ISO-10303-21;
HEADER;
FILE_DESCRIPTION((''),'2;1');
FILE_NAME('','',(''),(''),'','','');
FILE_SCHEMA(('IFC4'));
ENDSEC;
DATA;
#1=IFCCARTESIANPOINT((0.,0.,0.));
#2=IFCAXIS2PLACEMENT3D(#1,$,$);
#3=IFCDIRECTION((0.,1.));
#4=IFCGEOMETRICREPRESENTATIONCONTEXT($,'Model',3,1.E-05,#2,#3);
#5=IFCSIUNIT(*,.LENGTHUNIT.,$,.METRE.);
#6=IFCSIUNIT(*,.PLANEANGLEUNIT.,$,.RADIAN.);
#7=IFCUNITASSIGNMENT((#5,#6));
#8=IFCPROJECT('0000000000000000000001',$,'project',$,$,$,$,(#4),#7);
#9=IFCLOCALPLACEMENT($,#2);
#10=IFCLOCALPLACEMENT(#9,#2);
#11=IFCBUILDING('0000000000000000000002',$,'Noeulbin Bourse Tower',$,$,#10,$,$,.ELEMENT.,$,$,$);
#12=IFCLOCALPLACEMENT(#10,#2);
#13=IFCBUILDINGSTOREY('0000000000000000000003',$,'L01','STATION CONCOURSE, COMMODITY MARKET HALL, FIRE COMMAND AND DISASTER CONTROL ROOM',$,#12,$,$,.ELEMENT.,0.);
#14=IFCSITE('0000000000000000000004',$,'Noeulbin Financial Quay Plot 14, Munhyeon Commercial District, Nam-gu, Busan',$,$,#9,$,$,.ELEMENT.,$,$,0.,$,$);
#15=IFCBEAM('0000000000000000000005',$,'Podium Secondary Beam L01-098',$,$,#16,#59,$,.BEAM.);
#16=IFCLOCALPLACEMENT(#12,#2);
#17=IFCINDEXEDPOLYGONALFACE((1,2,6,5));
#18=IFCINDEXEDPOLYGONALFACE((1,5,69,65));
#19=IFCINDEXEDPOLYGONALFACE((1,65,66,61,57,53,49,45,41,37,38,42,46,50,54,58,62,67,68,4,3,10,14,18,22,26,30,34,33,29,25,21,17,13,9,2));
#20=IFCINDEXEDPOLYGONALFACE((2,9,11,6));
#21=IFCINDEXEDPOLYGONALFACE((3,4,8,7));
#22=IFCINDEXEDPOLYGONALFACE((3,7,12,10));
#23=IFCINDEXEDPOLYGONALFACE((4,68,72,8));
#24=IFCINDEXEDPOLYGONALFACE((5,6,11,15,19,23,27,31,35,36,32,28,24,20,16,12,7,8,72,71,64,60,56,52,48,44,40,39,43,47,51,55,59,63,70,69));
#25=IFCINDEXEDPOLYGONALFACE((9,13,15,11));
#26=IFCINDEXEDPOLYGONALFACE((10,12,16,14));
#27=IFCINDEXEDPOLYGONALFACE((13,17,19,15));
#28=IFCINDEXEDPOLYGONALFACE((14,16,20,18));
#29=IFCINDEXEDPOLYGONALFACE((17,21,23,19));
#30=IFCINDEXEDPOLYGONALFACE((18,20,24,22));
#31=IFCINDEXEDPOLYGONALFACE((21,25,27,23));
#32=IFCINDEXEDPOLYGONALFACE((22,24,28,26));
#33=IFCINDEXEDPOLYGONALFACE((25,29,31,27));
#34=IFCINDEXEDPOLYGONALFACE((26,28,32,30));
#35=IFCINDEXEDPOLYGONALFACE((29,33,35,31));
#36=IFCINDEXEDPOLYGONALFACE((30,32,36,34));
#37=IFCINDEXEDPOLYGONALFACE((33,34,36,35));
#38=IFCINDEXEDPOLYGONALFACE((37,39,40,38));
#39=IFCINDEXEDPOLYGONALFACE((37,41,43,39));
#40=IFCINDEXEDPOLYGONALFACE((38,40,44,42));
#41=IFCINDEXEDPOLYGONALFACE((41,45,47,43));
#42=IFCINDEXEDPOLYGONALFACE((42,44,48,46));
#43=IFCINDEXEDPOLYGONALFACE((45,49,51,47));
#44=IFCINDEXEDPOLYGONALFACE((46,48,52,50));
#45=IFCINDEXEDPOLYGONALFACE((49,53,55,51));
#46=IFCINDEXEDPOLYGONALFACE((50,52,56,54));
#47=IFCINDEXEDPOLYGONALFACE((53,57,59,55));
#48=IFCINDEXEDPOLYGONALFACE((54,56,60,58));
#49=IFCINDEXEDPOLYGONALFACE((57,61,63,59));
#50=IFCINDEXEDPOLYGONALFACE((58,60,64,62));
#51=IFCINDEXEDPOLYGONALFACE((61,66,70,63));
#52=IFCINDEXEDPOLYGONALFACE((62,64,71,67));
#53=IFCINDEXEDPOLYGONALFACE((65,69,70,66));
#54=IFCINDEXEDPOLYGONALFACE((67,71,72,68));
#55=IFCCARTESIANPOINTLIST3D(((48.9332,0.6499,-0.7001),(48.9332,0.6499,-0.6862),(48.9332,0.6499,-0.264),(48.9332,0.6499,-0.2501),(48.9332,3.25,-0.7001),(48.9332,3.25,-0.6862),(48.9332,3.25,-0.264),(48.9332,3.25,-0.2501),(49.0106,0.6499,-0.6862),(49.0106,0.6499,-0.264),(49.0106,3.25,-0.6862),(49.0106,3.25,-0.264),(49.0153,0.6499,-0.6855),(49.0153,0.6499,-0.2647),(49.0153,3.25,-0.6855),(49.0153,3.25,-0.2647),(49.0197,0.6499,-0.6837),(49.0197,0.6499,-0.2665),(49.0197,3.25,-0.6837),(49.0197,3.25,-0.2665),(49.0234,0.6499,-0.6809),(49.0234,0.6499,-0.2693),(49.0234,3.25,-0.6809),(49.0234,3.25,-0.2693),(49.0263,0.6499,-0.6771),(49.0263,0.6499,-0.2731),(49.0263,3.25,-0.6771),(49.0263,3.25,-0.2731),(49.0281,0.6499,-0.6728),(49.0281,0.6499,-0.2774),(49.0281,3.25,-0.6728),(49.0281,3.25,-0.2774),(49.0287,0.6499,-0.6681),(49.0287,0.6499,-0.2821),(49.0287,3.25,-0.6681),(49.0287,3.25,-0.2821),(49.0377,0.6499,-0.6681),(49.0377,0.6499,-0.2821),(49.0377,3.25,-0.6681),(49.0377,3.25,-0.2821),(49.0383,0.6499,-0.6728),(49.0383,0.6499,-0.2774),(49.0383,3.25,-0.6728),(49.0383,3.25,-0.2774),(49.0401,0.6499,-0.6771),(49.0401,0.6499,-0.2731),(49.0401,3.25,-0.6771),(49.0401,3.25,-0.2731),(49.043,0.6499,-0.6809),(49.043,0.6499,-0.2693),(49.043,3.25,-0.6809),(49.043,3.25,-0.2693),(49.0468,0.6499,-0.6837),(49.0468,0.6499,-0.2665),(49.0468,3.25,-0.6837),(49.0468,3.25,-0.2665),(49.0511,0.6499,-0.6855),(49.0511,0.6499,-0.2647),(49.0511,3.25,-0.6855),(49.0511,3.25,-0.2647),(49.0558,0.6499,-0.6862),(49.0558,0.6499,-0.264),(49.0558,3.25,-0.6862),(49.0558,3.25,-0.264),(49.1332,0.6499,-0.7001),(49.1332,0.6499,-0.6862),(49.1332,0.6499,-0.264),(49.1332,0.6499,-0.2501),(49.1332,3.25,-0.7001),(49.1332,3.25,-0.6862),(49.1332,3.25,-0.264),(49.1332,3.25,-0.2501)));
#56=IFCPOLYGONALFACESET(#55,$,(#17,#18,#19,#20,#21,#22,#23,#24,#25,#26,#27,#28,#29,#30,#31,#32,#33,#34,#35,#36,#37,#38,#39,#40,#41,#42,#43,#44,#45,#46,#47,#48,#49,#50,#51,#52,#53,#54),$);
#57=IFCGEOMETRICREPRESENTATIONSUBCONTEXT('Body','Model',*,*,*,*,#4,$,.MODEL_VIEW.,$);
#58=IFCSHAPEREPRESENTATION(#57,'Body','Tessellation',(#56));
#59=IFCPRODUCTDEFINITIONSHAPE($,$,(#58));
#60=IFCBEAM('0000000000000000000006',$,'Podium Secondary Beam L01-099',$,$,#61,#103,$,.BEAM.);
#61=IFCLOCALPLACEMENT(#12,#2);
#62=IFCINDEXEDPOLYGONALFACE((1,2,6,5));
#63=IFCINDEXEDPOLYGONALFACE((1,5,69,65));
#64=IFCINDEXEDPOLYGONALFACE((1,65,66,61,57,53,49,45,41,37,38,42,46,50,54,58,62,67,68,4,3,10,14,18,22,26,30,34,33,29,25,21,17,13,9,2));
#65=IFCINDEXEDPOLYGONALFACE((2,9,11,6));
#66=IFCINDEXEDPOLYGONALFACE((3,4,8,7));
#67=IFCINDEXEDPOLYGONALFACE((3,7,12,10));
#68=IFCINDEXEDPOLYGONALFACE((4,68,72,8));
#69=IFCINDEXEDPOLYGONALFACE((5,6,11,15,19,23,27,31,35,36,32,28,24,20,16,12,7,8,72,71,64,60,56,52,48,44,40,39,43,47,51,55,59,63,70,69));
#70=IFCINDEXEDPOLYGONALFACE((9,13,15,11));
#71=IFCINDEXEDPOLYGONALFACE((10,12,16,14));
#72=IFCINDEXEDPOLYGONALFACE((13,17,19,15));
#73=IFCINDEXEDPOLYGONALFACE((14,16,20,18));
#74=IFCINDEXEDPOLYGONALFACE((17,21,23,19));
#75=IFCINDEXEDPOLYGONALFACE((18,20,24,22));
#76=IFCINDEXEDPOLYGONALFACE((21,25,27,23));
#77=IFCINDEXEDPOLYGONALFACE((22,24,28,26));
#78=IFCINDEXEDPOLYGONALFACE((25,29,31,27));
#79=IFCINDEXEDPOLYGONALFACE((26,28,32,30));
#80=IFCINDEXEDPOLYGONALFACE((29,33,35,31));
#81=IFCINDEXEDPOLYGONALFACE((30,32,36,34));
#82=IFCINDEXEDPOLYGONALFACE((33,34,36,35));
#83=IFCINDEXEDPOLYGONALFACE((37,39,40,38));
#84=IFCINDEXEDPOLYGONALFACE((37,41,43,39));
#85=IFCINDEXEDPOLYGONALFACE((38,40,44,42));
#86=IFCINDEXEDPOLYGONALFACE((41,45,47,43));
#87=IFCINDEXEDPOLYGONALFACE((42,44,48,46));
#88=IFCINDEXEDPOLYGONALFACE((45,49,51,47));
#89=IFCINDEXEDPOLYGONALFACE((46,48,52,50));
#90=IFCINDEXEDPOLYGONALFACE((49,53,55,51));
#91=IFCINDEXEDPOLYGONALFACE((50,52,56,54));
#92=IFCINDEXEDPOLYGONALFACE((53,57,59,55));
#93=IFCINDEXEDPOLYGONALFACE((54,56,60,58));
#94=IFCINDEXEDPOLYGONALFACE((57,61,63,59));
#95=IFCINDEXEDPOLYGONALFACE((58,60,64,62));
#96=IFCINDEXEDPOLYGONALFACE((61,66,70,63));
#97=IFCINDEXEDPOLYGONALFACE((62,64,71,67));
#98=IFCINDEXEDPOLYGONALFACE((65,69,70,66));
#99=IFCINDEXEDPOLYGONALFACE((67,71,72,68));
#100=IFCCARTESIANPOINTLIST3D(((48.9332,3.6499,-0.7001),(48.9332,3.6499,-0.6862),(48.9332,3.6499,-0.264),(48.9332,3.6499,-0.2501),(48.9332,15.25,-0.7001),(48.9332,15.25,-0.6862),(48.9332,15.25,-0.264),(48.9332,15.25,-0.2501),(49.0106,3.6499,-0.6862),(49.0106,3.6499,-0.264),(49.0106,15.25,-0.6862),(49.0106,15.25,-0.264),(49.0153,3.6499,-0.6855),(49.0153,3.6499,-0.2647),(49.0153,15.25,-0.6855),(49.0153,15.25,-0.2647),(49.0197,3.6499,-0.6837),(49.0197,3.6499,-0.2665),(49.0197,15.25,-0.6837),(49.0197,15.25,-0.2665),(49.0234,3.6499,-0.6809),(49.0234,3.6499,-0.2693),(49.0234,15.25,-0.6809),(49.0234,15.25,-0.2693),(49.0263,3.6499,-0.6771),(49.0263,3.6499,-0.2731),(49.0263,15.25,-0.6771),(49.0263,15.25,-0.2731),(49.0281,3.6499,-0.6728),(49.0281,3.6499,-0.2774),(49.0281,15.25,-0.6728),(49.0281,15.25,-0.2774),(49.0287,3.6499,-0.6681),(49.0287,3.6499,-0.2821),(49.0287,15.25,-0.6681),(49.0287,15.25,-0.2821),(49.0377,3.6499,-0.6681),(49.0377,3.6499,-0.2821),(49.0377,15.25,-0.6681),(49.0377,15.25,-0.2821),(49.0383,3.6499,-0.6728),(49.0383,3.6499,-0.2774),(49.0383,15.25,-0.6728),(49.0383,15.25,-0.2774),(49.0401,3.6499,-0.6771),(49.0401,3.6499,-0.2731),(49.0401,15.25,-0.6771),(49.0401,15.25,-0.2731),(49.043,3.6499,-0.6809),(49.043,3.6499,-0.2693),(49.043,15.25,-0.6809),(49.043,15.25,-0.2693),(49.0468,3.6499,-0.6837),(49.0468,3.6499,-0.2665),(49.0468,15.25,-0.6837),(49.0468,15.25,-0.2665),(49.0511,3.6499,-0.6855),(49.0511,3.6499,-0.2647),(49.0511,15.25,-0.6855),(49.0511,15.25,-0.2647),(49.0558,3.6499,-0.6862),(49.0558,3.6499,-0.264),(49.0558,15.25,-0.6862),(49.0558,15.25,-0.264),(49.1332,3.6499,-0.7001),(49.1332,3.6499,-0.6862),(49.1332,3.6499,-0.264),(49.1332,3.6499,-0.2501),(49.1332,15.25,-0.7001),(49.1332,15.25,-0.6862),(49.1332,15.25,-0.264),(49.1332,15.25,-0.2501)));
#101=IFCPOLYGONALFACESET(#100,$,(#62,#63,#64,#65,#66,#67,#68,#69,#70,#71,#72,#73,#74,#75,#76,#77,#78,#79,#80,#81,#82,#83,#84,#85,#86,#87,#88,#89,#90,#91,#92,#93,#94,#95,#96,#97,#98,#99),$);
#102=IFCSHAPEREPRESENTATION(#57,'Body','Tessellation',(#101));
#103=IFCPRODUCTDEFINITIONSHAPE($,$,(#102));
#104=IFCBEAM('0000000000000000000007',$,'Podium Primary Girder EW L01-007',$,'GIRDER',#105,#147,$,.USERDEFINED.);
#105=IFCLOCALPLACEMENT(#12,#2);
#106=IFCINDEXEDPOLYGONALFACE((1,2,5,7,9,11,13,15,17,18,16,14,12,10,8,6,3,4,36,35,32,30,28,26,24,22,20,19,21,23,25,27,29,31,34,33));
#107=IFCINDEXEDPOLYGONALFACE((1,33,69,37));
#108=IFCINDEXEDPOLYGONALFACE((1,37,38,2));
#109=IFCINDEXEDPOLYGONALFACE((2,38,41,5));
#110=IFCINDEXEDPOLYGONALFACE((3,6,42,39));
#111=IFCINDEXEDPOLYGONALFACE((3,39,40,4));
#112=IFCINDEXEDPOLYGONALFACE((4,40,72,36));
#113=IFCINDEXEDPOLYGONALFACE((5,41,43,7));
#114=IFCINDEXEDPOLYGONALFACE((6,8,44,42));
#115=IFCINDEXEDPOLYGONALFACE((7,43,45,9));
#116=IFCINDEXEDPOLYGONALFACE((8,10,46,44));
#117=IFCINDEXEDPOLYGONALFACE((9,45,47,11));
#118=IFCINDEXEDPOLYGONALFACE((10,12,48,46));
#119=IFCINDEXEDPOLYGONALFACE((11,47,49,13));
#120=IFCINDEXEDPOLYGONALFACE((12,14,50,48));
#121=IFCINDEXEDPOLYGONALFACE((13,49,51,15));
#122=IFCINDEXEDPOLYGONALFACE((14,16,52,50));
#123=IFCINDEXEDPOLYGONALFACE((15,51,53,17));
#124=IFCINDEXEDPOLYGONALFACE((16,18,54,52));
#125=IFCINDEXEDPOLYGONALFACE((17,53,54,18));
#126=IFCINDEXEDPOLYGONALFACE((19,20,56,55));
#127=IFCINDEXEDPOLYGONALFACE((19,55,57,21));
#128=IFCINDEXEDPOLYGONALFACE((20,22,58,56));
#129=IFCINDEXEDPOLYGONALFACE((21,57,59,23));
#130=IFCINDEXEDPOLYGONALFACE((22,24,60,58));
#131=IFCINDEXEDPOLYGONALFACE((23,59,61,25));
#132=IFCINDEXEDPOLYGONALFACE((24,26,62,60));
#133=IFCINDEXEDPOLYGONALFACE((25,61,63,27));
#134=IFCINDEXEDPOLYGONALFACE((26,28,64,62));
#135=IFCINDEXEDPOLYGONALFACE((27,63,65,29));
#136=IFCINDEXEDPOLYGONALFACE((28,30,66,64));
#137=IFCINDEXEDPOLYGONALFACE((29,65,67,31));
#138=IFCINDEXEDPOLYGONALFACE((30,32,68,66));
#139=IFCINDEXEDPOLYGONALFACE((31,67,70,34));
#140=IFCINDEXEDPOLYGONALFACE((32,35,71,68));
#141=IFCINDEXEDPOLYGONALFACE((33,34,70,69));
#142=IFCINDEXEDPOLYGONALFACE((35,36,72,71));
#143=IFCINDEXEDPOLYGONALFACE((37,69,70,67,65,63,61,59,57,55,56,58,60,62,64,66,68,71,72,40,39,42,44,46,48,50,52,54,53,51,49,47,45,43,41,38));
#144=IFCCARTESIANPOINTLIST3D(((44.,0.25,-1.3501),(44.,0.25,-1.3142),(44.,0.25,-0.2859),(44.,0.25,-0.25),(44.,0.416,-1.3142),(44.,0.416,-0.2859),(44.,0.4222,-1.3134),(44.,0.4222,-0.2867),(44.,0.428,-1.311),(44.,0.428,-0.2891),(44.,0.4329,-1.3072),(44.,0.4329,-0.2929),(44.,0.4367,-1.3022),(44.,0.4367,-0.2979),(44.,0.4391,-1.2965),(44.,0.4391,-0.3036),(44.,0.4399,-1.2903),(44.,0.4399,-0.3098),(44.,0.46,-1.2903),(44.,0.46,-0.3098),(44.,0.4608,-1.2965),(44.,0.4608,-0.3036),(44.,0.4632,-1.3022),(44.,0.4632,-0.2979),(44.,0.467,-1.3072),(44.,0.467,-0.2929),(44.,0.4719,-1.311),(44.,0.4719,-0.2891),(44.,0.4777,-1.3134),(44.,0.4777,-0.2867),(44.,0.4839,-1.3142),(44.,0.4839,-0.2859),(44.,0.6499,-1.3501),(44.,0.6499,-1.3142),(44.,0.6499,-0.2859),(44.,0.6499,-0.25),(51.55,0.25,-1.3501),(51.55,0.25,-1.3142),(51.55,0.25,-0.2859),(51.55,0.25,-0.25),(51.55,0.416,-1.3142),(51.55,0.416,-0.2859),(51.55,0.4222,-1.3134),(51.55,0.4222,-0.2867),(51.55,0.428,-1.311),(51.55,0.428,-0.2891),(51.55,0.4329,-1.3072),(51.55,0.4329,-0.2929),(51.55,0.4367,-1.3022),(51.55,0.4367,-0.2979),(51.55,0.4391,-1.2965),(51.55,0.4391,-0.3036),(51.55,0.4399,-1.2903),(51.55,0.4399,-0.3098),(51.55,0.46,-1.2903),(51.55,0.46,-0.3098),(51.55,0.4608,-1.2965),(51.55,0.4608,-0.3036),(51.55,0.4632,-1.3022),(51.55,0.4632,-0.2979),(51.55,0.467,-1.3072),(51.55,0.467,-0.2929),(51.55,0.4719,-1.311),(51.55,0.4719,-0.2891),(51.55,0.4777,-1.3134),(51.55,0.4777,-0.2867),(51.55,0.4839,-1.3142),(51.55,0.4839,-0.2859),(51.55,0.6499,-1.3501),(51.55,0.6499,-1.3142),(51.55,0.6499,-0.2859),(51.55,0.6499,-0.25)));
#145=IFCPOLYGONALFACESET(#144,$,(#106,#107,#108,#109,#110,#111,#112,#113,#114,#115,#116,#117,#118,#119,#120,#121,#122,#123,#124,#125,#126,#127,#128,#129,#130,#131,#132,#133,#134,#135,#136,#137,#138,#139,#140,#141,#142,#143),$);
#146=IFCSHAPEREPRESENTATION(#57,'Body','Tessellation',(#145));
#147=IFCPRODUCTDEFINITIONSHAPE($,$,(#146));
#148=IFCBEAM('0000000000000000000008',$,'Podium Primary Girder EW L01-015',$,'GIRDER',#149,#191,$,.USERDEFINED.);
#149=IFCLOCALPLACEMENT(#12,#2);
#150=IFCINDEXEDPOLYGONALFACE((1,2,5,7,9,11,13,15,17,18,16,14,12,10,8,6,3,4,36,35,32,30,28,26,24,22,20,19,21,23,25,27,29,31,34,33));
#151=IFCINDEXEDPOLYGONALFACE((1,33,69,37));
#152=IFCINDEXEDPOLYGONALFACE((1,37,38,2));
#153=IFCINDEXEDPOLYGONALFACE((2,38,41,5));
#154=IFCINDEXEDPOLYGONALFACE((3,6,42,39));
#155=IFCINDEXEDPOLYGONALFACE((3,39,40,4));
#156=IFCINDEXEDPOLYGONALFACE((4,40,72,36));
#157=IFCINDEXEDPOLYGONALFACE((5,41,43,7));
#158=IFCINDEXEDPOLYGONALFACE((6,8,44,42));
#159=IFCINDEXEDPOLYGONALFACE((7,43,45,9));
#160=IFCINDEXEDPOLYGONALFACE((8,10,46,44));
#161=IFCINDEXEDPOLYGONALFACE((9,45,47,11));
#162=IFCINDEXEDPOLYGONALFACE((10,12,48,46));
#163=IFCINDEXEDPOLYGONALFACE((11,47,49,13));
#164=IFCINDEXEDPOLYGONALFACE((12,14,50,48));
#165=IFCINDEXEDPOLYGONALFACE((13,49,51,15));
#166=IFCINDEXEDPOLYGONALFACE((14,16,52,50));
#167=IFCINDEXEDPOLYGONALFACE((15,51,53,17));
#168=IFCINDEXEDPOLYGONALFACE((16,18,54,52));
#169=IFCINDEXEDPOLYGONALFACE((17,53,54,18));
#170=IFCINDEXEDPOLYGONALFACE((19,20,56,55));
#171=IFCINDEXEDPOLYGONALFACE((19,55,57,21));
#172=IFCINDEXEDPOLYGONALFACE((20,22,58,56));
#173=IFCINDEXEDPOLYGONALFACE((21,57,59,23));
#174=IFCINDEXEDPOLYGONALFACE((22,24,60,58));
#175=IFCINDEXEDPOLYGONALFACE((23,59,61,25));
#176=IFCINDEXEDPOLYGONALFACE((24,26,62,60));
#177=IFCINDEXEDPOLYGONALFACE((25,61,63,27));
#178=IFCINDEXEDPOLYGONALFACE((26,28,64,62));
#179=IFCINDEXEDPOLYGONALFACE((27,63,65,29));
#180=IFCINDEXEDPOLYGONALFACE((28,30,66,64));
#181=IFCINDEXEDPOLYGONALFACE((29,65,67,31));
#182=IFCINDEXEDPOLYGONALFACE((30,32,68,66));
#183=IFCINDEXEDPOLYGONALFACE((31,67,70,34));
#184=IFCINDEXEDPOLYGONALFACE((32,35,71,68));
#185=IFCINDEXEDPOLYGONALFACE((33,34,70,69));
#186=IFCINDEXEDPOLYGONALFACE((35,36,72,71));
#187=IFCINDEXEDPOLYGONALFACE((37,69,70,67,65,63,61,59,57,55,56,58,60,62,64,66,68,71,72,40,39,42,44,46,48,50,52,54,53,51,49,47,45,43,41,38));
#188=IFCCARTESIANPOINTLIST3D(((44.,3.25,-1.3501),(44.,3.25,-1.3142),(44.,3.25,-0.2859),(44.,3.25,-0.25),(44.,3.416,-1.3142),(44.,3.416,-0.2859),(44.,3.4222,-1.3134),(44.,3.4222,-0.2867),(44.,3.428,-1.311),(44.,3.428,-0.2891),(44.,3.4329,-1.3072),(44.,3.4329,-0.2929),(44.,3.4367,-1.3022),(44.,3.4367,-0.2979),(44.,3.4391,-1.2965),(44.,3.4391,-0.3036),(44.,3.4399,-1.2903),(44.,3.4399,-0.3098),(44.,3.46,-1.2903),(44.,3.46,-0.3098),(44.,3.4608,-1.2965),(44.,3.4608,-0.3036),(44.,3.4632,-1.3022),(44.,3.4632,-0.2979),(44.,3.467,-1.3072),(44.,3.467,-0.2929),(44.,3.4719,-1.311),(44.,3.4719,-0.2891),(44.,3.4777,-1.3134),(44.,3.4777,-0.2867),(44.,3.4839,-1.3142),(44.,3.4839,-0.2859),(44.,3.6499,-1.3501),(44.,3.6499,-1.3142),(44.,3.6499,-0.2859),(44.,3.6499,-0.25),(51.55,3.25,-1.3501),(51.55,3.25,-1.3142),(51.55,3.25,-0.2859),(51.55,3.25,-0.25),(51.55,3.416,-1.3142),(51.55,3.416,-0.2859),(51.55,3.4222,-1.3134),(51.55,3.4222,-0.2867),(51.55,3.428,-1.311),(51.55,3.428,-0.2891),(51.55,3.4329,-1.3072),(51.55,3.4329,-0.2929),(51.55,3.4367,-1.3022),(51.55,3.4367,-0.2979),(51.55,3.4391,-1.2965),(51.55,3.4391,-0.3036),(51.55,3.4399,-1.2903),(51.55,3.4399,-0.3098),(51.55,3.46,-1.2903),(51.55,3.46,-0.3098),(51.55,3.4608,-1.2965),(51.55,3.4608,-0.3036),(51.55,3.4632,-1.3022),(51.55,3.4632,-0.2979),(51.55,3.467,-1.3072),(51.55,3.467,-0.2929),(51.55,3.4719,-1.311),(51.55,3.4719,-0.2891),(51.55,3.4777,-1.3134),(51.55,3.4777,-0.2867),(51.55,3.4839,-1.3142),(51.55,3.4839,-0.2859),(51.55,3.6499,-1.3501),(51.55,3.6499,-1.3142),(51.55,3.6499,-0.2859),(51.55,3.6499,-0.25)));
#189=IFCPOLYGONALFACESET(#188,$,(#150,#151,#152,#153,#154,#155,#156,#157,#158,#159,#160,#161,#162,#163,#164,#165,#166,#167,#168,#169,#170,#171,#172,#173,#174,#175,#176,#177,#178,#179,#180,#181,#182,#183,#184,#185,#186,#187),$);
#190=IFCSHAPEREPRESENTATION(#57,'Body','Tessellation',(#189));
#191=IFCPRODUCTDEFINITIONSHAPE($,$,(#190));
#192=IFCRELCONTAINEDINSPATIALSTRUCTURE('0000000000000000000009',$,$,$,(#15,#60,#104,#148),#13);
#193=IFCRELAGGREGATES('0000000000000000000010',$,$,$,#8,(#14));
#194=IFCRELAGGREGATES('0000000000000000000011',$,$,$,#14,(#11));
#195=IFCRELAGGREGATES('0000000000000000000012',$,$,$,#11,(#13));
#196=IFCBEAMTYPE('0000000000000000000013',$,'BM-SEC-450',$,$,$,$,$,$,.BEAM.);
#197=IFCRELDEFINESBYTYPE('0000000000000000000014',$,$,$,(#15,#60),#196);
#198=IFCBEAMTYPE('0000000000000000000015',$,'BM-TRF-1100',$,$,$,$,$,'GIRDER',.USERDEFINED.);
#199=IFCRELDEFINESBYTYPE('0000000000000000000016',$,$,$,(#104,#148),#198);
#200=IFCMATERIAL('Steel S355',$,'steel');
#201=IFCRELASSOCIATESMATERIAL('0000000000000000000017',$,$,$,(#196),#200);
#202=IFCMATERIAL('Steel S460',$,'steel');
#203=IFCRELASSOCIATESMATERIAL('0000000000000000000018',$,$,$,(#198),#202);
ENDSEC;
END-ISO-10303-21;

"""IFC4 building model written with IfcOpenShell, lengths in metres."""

from ifc_helpers import new_model, si_unit, direction, frame, origin, origin_2d, place, context, subcontext, project, spatial, i_section, extrude, material, material_profile, profile_set, type_object, element, save


model = new_model("IFC4")

# Units and contexts
model_context = context("Model", 3, precision=1e-05, world=origin(), true_north=direction((0.0, 1.0)))
body_context = subcontext(model_context, "Body", "Model", "MODEL_VIEW")
ifc_project = project(units=[si_unit("LENGTHUNIT", "METRE"), si_unit("PLANEANGLEUNIT", "RADIAN")], contexts=[model_context])

# Site, building, storey
site_placement = place(None, origin())
site = spatial("IfcSite", under=ifc_project, at=site_placement, Name="Noeulbin Financial Quay Plot 14, Munhyeon Commercial District, Nam-gu, Busan", CompositionType="ELEMENT", RefElevation=0.0)
building_placement = place(site_placement, origin())
building = spatial("IfcBuilding", under=site, at=building_placement, Name="Noeulbin Bourse Tower", CompositionType="ELEMENT")
storey_placement = place(building_placement, origin())
storey = spatial("IfcBuildingStorey", under=building, at=storey_placement, Name="L01", Description="STATION CONCOURSE, COMMODITY MARKET HALL, FIRE COMMAND AND DISASTER CONTROL ROOM", CompositionType="ELEMENT", Elevation=0.0)

# Shared definitions
ifc_material_1 = material(Name="Steel S355", Category="steel")

# Beams
ifc_material_profile_1 = material_profile(ifc_material_1, i_section(OverallWidth=0.2, OverallDepth=0.45, WebThickness=0.009, FlangeThickness=0.0139, FilletRadius=0.0181, at=origin_2d()), Name="H-450x200x9x14", Category="LoadBearing")
ifc_profile_set_1 = profile_set([ifc_material_profile_1], Name="Steel S355")
beam_type_1 = type_object("IfcBeamType", Name="BM-SEC-450", PredefinedType="BEAM", material=ifc_profile_set_1)
beam_1_placement = place(storey_placement, frame((49.0332, 0.6499, -0.4751), z_axis=(0.0, 1.0, 0.0), x_axis=(-1.0, 0.0, 0.0)))
element("IfcBeam", 1, at=beam_1_placement, inside=storey, type_object=beam_type_1, Name="Podium Secondary Beam L01-098", PredefinedType="BEAM", context=body_context, shape_type="SweptSolid", body=[
    extrude(i_section(OverallWidth=0.2, OverallDepth=0.45, WebThickness=0.009, FlangeThickness=0.0139, FilletRadius=0.0181, at=origin_2d()), origin(), (0.0, 0.0, 1.0), 2.6001),
])
beam_2_placement = place(storey_placement, frame((49.0332, 3.6499, -0.4751), z_axis=(0.0, 1.0, 0.0), x_axis=(-1.0, 0.0, 0.0)))
element("IfcBeam", 2, at=beam_2_placement, inside=storey, type_object=beam_type_1, Name="Podium Secondary Beam L01-099", PredefinedType="BEAM", context=body_context, shape_type="SweptSolid", body=[
    extrude(i_section(OverallWidth=0.2, OverallDepth=0.45, WebThickness=0.009, FlangeThickness=0.0139, FilletRadius=0.0181, at=origin_2d()), origin(), (0.0, 0.0, 1.0), 11.6001),
])
ifc_material_2 = material(Name="Steel S460", Category="steel")
ifc_material_profile_2 = material_profile(ifc_material_2, i_section(OverallWidth=0.3999, OverallDepth=1.1001, WebThickness=0.02, FlangeThickness=0.0359, FilletRadius=0.0239, at=origin_2d()), Name="PG-1100x400x20x36", Category="LoadBearing")
ifc_profile_set_2 = profile_set([ifc_material_profile_2], Name="Steel S460")
beam_type_2 = type_object("IfcBeamType", Name="BM-TRF-1100", ElementType="GIRDER", PredefinedType="USERDEFINED", material=ifc_profile_set_2)
for number, where, z_axis, x_axis, name in (
    (3, (44.0, 0.45, -0.8), (1.0, 0.0, 0.0), (0.0, 1.0, 0.0), "Podium Primary Girder EW L01-007"),
    (4, (44.0, 3.45, -0.8), (1.0, 0.0, 0.0), (0.0, 1.0, 0.0), "Podium Primary Girder EW L01-015"),
):
    element("IfcBeam", number, at=place(storey_placement, frame(where, z_axis=z_axis, x_axis=x_axis)), inside=storey, type_object=beam_type_2, Name=name, ObjectType="GIRDER", PredefinedType="USERDEFINED", context=body_context, shape_type="SweptSolid", body=[
        extrude(i_section(OverallWidth=0.3999, OverallDepth=1.1001, WebThickness=0.02, FlangeThickness=0.0359, FilletRadius=0.0239, at=origin_2d()), origin(), (0.0, 0.0, 1.0), 7.55),
    ])

save(model, "model.ifc")
